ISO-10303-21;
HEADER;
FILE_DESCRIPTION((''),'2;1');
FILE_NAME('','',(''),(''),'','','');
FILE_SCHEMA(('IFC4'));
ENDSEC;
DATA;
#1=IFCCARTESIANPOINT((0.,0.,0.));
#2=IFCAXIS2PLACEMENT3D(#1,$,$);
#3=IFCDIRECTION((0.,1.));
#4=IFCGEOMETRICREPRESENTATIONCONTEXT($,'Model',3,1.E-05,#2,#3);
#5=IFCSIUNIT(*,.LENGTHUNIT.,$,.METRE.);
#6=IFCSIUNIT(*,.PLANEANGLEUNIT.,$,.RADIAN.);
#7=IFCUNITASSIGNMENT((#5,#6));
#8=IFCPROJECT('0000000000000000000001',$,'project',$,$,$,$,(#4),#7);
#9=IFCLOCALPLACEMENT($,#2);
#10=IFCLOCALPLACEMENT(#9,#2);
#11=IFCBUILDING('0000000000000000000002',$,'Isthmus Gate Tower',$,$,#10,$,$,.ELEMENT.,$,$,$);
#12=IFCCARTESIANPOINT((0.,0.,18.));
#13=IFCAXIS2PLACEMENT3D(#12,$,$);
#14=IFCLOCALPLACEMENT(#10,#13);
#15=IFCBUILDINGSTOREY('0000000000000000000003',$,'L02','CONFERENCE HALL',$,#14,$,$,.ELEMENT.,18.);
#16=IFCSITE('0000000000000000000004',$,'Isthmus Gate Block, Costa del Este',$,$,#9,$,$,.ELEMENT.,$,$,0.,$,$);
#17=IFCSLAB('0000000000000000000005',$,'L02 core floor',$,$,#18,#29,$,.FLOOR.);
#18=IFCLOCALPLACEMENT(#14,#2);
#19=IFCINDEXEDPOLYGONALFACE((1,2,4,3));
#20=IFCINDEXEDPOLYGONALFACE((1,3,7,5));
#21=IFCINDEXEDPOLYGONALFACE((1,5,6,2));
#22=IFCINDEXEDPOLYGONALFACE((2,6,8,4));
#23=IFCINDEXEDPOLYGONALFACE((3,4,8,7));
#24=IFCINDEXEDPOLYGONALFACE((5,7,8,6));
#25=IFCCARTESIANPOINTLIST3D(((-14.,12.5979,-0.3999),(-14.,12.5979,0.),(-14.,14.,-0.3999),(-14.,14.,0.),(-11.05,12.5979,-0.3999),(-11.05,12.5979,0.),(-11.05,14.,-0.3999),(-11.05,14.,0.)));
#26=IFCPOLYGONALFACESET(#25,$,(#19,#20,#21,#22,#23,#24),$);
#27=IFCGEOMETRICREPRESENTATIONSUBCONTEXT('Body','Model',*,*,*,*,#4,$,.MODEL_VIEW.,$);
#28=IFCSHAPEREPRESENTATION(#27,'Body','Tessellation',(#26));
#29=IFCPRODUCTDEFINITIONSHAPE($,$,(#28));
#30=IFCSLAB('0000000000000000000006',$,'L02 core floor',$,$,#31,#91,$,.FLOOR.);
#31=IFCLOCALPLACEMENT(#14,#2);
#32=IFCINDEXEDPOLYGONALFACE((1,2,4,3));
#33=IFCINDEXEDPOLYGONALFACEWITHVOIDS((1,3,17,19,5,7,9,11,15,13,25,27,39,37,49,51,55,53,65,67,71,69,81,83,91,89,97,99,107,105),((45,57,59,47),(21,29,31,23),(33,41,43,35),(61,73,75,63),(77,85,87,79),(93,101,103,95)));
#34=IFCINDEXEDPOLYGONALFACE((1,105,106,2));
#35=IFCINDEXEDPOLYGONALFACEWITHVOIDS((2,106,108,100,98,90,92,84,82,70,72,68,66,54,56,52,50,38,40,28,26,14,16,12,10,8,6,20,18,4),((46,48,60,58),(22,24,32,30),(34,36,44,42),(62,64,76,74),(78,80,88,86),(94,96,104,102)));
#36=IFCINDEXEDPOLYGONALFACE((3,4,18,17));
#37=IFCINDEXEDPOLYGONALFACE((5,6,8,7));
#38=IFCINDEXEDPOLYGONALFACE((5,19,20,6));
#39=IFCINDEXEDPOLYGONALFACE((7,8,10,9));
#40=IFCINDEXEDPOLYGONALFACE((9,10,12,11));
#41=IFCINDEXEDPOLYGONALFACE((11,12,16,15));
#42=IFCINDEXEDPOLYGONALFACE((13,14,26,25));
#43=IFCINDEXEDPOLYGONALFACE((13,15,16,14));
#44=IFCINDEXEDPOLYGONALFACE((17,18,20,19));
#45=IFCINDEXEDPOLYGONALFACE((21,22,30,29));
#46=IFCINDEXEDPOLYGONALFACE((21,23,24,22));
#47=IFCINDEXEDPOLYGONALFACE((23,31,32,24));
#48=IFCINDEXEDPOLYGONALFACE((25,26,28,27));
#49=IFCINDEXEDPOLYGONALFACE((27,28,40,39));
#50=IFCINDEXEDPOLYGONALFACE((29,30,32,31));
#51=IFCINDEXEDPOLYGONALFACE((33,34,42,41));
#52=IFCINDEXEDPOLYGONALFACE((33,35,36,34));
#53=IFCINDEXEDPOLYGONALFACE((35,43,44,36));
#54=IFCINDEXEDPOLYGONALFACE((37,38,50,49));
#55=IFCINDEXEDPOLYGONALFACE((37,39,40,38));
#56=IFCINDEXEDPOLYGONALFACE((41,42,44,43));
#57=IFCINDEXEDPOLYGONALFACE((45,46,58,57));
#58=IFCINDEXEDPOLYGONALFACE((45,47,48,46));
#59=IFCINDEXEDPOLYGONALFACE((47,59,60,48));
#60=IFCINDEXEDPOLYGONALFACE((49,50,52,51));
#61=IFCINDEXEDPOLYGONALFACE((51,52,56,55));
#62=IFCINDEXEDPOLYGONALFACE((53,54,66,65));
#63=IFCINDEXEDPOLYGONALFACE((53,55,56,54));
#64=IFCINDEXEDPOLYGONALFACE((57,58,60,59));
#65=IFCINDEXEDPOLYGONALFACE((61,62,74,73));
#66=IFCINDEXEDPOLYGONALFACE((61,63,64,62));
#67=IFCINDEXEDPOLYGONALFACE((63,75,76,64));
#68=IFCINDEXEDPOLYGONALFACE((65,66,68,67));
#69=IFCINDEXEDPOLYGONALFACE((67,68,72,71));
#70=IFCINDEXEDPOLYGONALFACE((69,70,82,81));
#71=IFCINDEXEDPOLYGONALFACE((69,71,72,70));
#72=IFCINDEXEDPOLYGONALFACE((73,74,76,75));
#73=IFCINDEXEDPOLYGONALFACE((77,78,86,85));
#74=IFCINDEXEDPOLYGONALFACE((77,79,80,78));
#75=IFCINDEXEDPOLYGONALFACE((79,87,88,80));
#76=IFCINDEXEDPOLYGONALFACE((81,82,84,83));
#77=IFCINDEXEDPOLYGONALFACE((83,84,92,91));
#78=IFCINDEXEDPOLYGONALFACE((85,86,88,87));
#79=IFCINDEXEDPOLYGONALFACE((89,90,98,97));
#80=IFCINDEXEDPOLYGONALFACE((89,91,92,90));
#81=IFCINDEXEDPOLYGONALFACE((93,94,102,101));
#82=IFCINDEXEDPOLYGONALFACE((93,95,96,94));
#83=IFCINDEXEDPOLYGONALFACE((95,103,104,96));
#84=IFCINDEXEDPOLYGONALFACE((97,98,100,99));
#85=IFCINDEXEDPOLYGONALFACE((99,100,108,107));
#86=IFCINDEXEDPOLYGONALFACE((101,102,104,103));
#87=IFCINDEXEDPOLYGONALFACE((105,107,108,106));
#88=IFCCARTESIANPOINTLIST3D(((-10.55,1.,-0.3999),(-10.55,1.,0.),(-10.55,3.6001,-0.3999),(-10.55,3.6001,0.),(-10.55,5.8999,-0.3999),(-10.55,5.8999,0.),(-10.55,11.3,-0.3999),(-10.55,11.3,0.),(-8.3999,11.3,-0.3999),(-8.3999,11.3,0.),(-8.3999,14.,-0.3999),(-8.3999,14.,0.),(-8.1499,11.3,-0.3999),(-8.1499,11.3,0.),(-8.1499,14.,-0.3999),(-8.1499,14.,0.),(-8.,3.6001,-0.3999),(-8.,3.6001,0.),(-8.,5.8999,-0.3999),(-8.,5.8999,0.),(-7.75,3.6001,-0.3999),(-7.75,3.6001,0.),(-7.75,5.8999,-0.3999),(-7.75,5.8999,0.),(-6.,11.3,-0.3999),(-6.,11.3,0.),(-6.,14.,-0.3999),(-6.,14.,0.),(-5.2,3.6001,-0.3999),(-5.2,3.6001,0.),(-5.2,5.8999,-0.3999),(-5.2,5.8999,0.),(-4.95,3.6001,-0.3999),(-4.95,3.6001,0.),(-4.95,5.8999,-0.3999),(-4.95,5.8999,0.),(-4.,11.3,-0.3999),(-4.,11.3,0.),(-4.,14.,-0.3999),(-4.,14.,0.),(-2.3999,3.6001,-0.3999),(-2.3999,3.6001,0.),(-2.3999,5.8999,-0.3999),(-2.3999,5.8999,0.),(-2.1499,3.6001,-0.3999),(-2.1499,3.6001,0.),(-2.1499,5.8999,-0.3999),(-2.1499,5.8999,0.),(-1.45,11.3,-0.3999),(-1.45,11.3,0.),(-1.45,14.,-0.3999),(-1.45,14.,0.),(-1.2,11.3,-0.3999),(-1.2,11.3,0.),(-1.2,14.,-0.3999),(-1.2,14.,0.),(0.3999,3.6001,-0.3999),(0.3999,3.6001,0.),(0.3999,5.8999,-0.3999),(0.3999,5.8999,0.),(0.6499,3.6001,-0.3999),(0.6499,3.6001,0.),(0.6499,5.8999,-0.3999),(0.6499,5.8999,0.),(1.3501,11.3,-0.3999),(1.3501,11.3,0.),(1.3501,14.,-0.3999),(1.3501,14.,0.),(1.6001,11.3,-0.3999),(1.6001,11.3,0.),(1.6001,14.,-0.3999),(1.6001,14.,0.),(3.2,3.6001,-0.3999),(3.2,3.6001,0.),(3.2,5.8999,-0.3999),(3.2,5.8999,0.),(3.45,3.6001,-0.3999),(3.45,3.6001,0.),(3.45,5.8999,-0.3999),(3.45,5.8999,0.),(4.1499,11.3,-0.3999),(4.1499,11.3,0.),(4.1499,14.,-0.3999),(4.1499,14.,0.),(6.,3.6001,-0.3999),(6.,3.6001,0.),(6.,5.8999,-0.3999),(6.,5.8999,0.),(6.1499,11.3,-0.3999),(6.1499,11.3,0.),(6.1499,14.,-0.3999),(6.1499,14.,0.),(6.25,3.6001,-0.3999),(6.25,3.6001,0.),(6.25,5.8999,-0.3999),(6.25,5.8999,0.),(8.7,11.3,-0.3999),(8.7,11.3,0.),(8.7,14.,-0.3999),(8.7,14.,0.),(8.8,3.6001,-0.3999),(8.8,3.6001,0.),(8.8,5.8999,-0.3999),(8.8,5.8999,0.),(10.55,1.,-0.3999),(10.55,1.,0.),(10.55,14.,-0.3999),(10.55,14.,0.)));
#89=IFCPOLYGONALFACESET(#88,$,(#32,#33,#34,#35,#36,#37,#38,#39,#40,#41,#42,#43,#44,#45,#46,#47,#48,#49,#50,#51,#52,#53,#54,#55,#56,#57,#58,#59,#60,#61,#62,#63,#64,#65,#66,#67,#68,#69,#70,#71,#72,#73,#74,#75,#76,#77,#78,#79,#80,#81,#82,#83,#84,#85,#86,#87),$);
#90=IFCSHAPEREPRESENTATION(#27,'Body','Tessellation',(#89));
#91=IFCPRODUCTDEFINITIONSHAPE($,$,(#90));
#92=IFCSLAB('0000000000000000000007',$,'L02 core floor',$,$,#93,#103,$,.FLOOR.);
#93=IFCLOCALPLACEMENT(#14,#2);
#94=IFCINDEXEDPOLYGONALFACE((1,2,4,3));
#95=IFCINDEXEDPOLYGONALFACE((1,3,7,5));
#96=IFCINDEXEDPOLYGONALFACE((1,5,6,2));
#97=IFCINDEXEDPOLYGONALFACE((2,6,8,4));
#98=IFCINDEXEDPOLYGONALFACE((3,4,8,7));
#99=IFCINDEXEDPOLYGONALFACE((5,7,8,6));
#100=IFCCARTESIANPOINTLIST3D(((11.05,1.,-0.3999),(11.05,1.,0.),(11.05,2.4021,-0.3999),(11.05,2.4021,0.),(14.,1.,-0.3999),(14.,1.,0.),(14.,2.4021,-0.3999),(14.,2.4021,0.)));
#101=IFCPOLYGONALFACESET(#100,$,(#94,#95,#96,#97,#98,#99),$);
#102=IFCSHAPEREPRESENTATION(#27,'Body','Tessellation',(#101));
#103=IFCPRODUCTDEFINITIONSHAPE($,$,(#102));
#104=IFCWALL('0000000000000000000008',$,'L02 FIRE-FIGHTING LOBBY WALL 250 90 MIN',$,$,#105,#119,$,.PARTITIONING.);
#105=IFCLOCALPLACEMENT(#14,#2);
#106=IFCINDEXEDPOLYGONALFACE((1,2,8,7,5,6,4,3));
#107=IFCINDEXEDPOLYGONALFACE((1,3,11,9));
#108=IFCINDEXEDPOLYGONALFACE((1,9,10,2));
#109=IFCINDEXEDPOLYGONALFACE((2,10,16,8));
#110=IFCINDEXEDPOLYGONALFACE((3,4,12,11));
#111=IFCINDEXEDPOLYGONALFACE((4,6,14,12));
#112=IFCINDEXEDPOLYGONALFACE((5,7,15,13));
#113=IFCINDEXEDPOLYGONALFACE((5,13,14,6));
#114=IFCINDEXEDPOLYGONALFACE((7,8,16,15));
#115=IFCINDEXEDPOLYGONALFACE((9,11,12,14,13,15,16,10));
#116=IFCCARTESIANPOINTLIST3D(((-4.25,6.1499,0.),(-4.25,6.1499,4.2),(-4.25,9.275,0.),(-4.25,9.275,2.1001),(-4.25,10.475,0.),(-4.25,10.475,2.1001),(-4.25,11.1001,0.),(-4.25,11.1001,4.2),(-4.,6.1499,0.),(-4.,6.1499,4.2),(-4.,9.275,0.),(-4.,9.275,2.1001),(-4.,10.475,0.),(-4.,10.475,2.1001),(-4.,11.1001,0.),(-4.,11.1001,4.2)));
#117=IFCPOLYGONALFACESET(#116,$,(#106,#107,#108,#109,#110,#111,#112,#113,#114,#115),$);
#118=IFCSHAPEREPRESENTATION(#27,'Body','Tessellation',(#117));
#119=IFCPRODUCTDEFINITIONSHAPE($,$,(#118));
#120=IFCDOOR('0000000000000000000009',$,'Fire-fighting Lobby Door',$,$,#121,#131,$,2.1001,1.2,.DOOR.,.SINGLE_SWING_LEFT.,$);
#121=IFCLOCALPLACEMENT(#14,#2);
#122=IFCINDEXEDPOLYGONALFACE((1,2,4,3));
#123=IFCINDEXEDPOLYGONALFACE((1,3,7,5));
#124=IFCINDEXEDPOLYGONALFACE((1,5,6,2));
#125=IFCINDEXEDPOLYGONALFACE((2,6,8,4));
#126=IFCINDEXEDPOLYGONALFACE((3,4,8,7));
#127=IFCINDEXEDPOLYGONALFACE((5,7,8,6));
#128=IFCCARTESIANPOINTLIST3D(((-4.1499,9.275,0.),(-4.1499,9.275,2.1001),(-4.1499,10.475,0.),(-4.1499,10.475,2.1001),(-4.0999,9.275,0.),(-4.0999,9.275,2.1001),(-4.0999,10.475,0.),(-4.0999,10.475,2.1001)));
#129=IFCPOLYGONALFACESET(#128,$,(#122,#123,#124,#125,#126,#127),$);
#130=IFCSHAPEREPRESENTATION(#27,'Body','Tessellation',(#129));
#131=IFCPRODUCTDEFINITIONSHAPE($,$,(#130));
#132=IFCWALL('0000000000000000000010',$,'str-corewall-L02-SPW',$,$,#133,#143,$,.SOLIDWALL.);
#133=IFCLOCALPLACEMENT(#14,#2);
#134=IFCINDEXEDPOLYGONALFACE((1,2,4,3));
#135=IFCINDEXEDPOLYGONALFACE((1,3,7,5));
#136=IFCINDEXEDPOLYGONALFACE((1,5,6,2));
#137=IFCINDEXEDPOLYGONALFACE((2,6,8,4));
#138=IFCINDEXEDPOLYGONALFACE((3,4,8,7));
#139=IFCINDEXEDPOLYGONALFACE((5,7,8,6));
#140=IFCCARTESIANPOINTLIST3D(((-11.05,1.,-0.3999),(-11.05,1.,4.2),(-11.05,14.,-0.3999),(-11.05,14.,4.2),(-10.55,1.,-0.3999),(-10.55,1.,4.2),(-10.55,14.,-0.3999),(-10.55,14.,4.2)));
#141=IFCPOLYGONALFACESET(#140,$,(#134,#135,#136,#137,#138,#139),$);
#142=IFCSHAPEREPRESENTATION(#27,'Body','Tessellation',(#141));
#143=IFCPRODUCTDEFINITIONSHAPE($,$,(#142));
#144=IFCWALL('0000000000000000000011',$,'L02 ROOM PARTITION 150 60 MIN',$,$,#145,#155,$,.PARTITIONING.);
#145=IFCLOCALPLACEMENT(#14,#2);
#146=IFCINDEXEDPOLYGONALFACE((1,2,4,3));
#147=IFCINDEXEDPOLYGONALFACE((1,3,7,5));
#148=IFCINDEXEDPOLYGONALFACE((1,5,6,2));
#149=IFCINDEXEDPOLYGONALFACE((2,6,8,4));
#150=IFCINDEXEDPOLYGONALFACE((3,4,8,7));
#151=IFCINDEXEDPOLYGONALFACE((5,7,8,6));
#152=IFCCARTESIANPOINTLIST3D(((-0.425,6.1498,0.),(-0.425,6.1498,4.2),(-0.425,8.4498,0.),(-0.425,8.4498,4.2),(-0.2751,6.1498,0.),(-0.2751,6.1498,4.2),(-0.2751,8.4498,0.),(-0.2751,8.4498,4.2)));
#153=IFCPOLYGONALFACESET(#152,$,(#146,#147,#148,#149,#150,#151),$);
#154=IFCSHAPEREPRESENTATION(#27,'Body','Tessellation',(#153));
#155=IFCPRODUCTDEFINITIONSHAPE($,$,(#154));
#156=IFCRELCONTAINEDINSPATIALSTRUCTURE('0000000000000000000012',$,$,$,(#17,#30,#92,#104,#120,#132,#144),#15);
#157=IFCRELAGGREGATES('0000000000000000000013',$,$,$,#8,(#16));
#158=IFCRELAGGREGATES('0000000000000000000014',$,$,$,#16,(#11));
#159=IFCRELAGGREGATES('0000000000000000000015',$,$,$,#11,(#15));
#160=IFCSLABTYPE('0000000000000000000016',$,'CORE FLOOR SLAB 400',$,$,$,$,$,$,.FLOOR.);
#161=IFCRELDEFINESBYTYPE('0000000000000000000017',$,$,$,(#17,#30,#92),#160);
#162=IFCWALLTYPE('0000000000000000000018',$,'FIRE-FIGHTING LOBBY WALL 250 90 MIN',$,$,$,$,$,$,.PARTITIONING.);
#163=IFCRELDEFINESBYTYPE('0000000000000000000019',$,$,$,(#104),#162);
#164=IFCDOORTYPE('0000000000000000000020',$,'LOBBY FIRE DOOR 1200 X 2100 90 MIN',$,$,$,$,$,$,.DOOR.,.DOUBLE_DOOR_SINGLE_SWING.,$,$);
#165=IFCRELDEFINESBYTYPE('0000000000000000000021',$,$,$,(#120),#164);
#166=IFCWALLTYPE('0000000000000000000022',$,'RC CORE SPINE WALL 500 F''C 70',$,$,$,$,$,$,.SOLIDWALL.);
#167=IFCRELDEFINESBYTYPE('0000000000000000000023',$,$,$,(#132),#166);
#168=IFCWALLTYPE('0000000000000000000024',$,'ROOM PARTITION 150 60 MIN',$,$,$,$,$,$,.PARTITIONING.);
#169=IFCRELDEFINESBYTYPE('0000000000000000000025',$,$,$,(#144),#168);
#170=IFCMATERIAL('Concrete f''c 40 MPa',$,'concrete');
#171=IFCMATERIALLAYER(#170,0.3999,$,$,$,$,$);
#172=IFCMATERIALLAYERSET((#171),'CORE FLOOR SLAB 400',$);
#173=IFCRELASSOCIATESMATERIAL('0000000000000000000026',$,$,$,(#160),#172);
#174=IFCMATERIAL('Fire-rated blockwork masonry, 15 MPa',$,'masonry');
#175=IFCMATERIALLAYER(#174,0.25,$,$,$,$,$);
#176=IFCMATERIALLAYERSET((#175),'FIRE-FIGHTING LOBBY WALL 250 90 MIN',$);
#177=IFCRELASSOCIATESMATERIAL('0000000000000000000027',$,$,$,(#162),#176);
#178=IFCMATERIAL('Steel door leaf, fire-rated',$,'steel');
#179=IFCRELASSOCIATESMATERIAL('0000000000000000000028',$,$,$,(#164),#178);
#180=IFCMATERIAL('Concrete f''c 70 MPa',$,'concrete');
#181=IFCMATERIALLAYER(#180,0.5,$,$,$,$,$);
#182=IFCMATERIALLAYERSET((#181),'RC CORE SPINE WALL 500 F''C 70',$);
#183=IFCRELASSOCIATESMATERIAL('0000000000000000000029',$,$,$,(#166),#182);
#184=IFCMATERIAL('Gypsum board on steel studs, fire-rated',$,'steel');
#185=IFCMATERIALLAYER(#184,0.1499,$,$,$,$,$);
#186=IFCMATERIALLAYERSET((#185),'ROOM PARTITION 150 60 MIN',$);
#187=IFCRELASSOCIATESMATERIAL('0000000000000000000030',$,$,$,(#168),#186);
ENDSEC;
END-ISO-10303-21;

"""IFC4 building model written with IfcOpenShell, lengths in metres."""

from ifc_helpers import new_model, si_unit, direction, frame, frame_2d, origin, place, context, subcontext, project, spatial, polyline, rectangle, outline, extrude, material, layer, layer_set, type_object, element, fill, save


model = new_model("IFC4")

# Units and contexts
model_context = context("Model", 3, precision=1e-05, world=origin(), true_north=direction((0.0, 1.0)))
body_context = subcontext(model_context, "Body", "Model", "MODEL_VIEW")
ifc_project = project(units=[si_unit("LENGTHUNIT", "METRE"), si_unit("PLANEANGLEUNIT", "RADIAN")], contexts=[model_context])

# Site, building, storey
site_placement = place(None, origin())
site = spatial("IfcSite", under=ifc_project, at=site_placement, Name="Isthmus Gate Block, Costa del Este", CompositionType="ELEMENT", RefElevation=0.0)
building_placement = place(site_placement, origin())
building = spatial("IfcBuilding", under=site, at=building_placement, Name="Isthmus Gate Tower", CompositionType="ELEMENT")
storey_placement = place(building_placement, frame((0.0, 0.0, 18.0)))
storey = spatial("IfcBuildingStorey", under=building, at=storey_placement, Name="L02", Description="CONFERENCE HALL", CompositionType="ELEMENT", Elevation=18.0)

# Slabs
ifc_material_1 = material(Name="Concrete f'c 40 MPa", Category="concrete")
ifc_layer_1 = layer(ifc_material_1, 0.3999)
ifc_layer_set_1 = layer_set([ifc_layer_1], Name="CORE FLOOR SLAB 400")
slab_type = type_object("IfcSlabType", Name="CORE FLOOR SLAB 400", PredefinedType="FLOOR", material=ifc_layer_set_1)
slab_1_placement = place(storey_placement, frame((0.0, 0.0, -0.3999)))
element("IfcSlab", 1, at=slab_1_placement, inside=storey, type_object=slab_type, Name="L02 core floor", PredefinedType="FLOOR", context=body_context, shape_type="SweptSolid", body=[
    extrude(outline(polyline([(-14.0, 14.0), (-14.0, 12.5979), (-11.05, 12.5979), (-11.05, 14.0), (-14.0, 14.0)])), origin(), (0.0, 0.0, 1.0), 0.3999),
])
slab_2_placement = place(storey_placement, frame((0.0, 0.0, -0.3999)))
element("IfcSlab", 2, at=slab_2_placement, inside=storey, type_object=slab_type, Name="L02 core floor", PredefinedType="FLOOR", context=body_context, shape_type="SweptSolid", body=[
    extrude(outline(polyline([(10.55, 14.0), (8.7, 14.0), (8.7, 11.3), (6.1499, 11.3), (6.1499, 14.0), (4.1499, 14.0), (4.1499, 11.3), (1.6001, 11.3), (1.6001, 14.0), (1.3501, 14.0), (1.3501, 11.3), (-1.2, 11.3), (-1.2, 14.0), (-1.45, 14.0), (-1.45, 11.3), (-4.0, 11.3), (-4.0, 14.0), (-6.0, 14.0), (-6.0, 11.3), (-8.1499, 11.3), (-8.1499, 14.0), (-8.3999, 14.0), (-8.3999, 11.3), (-10.55, 11.3), (-10.55, 5.8999), (-8.0, 5.8999), (-8.0, 3.6001), (-10.55, 3.6001), (-10.55, 1.0), (10.55, 1.0), (10.55, 14.0)]), holes=[polyline([(-5.2, 5.8999), (-5.2, 3.6001), (-7.75, 3.6001), (-7.75, 5.8999), (-5.2, 5.8999)]), polyline([(-2.3999, 5.8999), (-2.3999, 3.6001), (-4.95, 3.6001), (-4.95, 5.8999), (-2.3999, 5.8999)]), polyline([(0.3999, 5.8999), (0.3999, 3.6001), (-2.1499, 3.6001), (-2.1499, 5.8999), (0.3999, 5.8999)]), polyline([(3.2, 5.8999), (3.2, 3.6001), (0.6499, 3.6001), (0.6499, 5.8999), (3.2, 5.8999)]), polyline([(6.0, 5.8999), (6.0, 3.6001), (3.45, 3.6001), (3.45, 5.8999), (6.0, 5.8999)]), polyline([(8.8, 5.8999), (8.8, 3.6001), (6.25, 3.6001), (6.25, 5.8999), (8.8, 5.8999)])]), origin(), (0.0, 0.0, 1.0), 0.3999),
])
slab_3_placement = place(storey_placement, frame((0.0, 0.0, -0.3999)))
element("IfcSlab", 3, at=slab_3_placement, inside=storey, type_object=slab_type, Name="L02 core floor", PredefinedType="FLOOR", context=body_context, shape_type="SweptSolid", body=[
    extrude(outline(polyline([(14.0, 1.0), (14.0, 2.4021), (11.05, 2.4021), (11.05, 1.0), (14.0, 1.0)])), origin(), (0.0, 0.0, 1.0), 0.3999),
])

# Wall, opening, door
ifc_material_2 = material(Name="Fire-rated blockwork masonry, 15 MPa", Category="masonry")
ifc_layer_2 = layer(ifc_material_2, 0.25)
ifc_layer_set_2 = layer_set([ifc_layer_2], Name="FIRE-FIGHTING LOBBY WALL 250 90 MIN")
wall_type_1 = type_object("IfcWallType", Name="FIRE-FIGHTING LOBBY WALL 250 90 MIN", PredefinedType="PARTITIONING", material=ifc_layer_set_2)
wall_1_placement = place(storey_placement, frame((-4.125, 6.1499, 0.0), z_axis=(0.0, 0.0, 1.0), x_axis=(0.0, 1.0, 0.0)))
wall_1 = element("IfcWall", 4, at=wall_1_placement, inside=storey, type_object=wall_type_1, Name="L02 FIRE-FIGHTING LOBBY WALL 250 90 MIN", PredefinedType="PARTITIONING", context=body_context, shape_type="SweptSolid", body=[
    extrude(rectangle(XDim=4.9502, YDim=0.25, at=frame_2d((2.4751, 0.0))), origin(), (0.0, 0.0, 1.0), 4.2),
])
opening_1_placement = place(wall_1_placement, frame((3.125, 0.0, 0.0)))
opening_1 = element("IfcOpeningElement", 5, at=opening_1_placement, cuts=wall_1, PredefinedType="OPENING", context=body_context, shape_type="SweptSolid", body=[
    extrude(rectangle(XDim=1.2, YDim=2.1001, at=frame_2d((0.6001, 1.05))), frame((0.0, 0.135, 0.0), z_axis=(0.0, -1.0, 0.0), x_axis=(1.0, 0.0, 0.0)), (0.0, 0.0, 1.0), 0.27),
])
ifc_material_3 = material(Name="Steel door leaf, fire-rated", Category="steel")
door_type_1 = type_object("IfcDoorType", Name="LOBBY FIRE DOOR 1200 X 2100 90 MIN", OperationType="DOUBLE_DOOR_SINGLE_SWING", PredefinedType="DOOR", material=ifc_material_3)
door_1_placement = place(opening_1_placement, origin())
door_1 = element("IfcDoor", 6, at=door_1_placement, inside=storey, type_object=door_type_1, Name="Fire-fighting Lobby Door", OperationType="SINGLE_SWING_LEFT", OverallHeight=2.1001, OverallWidth=1.2, PredefinedType="DOOR", context=body_context, shape_type="SweptSolid", body=[
    extrude(rectangle(XDim=1.2, YDim=2.1001, at=frame_2d((0.6001, 1.05))), frame((0.0, 0.0249, 0.0), z_axis=(0.0, -1.0, 0.0), x_axis=(1.0, 0.0, 0.0)), (0.0, 0.0, 1.0), 0.05),
])
fill(opening_1, door_1)

# Walls
ifc_material_4 = material(Name="Concrete f'c 70 MPa", Category="concrete")
ifc_layer_3 = layer(ifc_material_4, 0.5)
ifc_layer_set_3 = layer_set([ifc_layer_3], Name="RC CORE SPINE WALL 500 F'C 70")
wall_type_2 = type_object("IfcWallType", Name="RC CORE SPINE WALL 500 F'C 70", PredefinedType="SOLIDWALL", material=ifc_layer_set_3)
wall_2_placement = place(storey_placement, frame((-10.8, 1.0, -0.3999), z_axis=(0.0, 0.0, 1.0), x_axis=(0.0, 1.0, 0.0)))
element("IfcWall", 7, at=wall_2_placement, inside=storey, type_object=wall_type_2, Name="str-corewall-L02-SPW", PredefinedType="SOLIDWALL", context=body_context, shape_type="SweptSolid", body=[
    extrude(rectangle(XDim=13.0, YDim=0.5, at=frame_2d((6.5, 0.0))), origin(), (0.0, 0.0, 1.0), 4.5999),
])
ifc_material_5 = material(Name="Gypsum board on steel studs, fire-rated", Category="steel")
ifc_layer_4 = layer(ifc_material_5, 0.1499)
ifc_layer_set_4 = layer_set([ifc_layer_4], Name="ROOM PARTITION 150 60 MIN")
wall_type_3 = type_object("IfcWallType", Name="ROOM PARTITION 150 60 MIN", PredefinedType="PARTITIONING", material=ifc_layer_set_4)
wall_3_placement = place(storey_placement, frame((-0.3501, 6.1499, 0.0), z_axis=(0.0, 0.0, 1.0), x_axis=(0.0, 1.0, 0.0)))
element("IfcWall", 8, at=wall_3_placement, inside=storey, type_object=wall_type_3, Name="L02 ROOM PARTITION 150 60 MIN", PredefinedType="PARTITIONING", context=body_context, shape_type="SweptSolid", body=[
    extrude(rectangle(XDim=2.3, YDim=0.1499, at=frame_2d((1.1499, 0.0))), origin(), (0.0, 0.0, 1.0), 4.2),
])

save(model, "model.ifc")
